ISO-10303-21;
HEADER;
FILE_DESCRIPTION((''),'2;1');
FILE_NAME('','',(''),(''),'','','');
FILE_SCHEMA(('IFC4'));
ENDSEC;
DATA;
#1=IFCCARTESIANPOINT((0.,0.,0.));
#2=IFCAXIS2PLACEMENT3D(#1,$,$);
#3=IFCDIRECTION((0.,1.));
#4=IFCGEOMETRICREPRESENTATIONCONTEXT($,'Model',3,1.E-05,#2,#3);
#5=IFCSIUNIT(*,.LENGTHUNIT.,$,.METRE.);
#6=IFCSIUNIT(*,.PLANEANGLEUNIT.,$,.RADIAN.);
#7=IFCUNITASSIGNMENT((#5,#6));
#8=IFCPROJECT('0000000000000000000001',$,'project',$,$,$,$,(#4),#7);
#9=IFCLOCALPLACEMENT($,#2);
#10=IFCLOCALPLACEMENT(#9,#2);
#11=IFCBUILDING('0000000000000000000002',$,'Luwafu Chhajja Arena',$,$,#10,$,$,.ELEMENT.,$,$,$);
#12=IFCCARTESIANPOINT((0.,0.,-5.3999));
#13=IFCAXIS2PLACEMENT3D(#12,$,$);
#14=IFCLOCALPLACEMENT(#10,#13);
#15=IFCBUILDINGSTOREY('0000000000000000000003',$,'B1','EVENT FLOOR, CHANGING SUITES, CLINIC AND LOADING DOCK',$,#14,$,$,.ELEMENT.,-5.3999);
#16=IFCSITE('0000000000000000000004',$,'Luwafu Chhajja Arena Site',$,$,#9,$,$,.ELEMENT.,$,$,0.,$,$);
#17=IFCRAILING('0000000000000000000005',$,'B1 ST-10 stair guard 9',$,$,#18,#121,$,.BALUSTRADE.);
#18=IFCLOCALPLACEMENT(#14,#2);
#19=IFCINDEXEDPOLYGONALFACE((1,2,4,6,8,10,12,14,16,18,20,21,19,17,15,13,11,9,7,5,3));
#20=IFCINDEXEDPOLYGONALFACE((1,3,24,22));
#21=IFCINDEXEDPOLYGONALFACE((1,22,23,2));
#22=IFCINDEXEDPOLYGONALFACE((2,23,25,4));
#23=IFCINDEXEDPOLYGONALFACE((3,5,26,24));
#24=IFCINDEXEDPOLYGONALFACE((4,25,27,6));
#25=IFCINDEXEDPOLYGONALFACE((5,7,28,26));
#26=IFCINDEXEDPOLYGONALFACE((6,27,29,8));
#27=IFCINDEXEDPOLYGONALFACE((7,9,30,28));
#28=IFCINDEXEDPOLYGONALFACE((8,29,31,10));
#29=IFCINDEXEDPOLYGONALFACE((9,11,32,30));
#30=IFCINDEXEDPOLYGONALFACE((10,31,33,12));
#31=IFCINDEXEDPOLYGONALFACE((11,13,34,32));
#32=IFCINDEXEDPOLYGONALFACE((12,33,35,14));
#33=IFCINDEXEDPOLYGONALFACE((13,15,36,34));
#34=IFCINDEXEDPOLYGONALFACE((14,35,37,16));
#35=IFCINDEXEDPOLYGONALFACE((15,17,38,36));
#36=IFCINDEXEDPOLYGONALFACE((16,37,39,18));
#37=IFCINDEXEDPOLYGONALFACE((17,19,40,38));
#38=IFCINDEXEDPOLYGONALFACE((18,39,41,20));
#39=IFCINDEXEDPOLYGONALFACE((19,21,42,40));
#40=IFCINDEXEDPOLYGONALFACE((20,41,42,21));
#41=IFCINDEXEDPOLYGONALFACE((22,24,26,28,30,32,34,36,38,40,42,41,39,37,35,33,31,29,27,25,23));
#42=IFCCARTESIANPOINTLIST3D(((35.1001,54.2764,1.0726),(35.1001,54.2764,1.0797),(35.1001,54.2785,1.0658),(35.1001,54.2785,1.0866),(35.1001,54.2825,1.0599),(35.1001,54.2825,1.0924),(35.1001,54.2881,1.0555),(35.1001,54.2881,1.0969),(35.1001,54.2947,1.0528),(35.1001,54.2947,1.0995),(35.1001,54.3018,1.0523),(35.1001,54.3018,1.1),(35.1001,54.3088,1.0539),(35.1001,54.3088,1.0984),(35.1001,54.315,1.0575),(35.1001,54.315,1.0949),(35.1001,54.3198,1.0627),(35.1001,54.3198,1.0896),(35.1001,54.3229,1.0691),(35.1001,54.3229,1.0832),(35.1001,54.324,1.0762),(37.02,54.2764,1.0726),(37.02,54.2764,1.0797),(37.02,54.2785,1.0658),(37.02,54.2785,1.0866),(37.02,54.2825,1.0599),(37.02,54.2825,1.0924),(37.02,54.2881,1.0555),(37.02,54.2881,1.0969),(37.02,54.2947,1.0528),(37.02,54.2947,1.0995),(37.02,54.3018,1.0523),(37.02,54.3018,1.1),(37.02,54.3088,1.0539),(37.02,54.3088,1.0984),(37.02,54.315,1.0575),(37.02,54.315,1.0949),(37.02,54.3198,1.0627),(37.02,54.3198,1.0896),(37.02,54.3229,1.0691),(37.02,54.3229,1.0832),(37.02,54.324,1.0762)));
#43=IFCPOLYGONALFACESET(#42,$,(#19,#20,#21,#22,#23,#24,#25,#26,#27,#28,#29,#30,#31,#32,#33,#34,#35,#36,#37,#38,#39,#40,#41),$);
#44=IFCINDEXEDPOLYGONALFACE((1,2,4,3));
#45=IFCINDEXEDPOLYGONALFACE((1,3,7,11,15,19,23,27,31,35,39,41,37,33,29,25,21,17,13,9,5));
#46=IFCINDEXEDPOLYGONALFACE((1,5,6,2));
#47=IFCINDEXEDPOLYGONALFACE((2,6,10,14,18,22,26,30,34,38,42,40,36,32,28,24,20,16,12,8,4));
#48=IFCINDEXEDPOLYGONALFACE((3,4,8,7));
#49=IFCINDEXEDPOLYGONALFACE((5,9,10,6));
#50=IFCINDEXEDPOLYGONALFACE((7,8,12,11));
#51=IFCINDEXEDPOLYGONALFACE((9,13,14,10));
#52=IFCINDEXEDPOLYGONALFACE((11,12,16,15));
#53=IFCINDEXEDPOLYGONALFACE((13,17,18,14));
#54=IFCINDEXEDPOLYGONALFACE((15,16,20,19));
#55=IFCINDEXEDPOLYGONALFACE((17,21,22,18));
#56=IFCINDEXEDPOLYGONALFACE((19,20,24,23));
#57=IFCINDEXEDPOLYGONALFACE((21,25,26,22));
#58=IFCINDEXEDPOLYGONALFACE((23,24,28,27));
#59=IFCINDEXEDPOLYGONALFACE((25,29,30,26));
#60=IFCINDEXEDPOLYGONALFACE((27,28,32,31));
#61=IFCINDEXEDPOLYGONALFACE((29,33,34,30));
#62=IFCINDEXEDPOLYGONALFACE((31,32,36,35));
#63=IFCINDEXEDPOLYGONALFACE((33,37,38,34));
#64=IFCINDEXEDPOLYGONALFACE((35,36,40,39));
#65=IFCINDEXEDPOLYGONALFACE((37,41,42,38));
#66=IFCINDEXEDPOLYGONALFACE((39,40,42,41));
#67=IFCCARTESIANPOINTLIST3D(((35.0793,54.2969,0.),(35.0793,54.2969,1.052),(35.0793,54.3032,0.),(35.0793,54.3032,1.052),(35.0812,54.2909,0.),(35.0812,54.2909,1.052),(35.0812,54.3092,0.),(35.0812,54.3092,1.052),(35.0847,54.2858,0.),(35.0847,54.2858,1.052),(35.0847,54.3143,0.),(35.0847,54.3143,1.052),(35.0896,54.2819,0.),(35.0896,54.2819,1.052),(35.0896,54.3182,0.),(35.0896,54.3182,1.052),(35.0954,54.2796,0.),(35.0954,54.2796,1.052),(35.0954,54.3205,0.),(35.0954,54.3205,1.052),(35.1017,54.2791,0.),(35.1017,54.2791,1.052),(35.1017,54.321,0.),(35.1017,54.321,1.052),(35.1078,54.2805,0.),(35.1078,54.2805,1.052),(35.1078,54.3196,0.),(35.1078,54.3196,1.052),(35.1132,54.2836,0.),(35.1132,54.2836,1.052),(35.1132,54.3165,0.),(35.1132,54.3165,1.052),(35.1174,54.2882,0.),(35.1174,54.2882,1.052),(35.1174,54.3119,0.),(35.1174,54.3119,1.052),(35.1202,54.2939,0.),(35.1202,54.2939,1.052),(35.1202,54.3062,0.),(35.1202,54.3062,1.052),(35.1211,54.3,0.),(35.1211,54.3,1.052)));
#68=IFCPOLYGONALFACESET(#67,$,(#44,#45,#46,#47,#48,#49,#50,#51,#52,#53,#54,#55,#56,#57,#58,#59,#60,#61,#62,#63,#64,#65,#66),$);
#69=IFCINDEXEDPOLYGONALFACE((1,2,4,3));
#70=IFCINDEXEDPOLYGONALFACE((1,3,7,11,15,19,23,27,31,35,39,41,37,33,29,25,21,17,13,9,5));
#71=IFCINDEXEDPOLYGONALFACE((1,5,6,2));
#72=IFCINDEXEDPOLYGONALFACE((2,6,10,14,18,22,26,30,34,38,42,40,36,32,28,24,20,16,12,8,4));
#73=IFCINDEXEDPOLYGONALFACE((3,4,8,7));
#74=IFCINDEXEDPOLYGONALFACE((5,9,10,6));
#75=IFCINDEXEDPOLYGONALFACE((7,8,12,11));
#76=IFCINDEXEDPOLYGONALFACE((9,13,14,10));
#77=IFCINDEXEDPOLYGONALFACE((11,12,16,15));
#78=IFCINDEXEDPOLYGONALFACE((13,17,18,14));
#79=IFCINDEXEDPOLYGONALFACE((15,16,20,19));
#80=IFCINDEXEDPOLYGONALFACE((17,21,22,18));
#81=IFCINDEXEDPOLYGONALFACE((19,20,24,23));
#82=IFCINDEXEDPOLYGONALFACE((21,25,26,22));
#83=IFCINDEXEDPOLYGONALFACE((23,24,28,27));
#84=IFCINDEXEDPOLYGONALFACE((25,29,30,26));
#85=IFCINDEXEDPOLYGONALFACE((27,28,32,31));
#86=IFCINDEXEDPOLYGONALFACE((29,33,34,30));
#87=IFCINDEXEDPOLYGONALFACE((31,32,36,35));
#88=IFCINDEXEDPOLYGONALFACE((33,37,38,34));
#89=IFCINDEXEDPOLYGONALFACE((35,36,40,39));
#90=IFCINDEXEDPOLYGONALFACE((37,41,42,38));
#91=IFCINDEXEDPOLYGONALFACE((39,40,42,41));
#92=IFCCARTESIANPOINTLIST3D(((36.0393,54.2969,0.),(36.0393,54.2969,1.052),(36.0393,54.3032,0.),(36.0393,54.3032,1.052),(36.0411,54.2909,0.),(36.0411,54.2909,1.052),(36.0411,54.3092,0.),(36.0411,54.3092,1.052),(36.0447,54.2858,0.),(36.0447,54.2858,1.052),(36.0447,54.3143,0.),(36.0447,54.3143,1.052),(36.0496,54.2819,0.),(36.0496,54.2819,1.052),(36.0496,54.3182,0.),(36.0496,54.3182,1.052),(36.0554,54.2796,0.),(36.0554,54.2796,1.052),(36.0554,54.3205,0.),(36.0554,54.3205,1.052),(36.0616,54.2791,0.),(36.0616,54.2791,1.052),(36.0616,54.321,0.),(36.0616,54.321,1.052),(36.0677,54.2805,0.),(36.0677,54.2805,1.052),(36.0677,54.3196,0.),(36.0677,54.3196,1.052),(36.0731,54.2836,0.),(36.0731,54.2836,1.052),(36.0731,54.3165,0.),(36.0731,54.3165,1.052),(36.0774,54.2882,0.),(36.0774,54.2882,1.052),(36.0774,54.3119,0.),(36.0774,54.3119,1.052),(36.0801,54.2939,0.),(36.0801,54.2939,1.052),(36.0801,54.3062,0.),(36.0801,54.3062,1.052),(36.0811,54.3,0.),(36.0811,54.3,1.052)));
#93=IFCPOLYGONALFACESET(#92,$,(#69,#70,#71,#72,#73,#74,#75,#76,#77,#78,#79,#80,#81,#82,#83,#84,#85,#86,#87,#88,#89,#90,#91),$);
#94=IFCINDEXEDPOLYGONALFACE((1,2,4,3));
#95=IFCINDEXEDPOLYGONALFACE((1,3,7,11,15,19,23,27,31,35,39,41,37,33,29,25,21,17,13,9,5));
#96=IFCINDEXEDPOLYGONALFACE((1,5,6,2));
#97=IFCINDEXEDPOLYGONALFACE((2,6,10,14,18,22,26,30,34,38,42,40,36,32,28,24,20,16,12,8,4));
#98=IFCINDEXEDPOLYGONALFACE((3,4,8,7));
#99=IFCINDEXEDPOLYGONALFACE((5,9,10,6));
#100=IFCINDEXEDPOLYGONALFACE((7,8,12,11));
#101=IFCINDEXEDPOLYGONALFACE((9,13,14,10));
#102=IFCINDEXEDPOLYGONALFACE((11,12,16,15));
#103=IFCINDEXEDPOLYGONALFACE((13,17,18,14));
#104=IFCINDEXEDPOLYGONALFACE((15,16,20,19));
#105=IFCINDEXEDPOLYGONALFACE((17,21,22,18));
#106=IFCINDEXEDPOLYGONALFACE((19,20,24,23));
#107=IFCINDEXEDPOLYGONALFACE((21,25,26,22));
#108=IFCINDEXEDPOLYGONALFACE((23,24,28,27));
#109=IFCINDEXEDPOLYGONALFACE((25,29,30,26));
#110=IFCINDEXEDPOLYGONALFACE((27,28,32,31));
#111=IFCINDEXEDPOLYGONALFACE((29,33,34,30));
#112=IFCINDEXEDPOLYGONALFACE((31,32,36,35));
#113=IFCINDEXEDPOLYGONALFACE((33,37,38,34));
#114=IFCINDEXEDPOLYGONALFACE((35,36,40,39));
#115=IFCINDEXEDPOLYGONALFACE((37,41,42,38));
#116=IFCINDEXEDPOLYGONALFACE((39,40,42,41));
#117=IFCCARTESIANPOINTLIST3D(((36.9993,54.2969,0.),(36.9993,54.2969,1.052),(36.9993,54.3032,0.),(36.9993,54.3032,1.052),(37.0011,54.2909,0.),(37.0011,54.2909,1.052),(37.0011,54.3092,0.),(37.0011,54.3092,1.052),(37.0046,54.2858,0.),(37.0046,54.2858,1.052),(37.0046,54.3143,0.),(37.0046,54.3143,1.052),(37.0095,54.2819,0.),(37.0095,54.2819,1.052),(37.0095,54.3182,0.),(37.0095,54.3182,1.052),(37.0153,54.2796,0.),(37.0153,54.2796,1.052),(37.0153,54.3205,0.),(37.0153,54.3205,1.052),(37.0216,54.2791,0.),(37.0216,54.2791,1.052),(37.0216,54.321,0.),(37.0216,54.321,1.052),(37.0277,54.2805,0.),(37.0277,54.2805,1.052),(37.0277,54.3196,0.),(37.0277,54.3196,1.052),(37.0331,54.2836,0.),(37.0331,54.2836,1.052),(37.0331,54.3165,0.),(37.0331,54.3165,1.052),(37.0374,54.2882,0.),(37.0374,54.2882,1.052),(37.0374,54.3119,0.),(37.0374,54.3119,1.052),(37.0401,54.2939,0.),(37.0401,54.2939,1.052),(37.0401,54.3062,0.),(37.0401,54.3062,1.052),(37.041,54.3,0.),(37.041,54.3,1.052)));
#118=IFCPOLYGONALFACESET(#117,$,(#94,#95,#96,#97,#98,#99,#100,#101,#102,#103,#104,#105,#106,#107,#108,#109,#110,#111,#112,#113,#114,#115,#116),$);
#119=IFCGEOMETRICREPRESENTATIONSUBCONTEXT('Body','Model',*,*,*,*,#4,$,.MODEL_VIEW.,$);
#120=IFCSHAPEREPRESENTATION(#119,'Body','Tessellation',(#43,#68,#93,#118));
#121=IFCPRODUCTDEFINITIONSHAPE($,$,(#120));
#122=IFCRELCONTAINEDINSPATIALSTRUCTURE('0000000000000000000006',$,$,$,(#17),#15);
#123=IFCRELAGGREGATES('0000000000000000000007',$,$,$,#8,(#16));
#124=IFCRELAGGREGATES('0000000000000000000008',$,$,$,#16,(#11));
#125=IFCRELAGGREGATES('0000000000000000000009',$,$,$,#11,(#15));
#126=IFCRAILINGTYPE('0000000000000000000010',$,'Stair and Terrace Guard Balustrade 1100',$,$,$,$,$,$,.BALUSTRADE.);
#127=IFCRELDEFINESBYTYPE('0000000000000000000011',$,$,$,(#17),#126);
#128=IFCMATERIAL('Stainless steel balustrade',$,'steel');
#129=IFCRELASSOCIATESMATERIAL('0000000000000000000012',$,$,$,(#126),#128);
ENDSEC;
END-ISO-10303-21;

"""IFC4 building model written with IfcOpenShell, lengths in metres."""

from ifc_helpers import new_model, si_unit, direction, frame, origin, origin_2d, place, context, subcontext, project, spatial, circle, extrude, material, type_object, element, save


model = new_model("IFC4")

# Units and contexts
model_context = context("Model", 3, precision=1e-05, world=origin(), true_north=direction((0.0, 1.0)))
body_context = subcontext(model_context, "Body", "Model", "MODEL_VIEW")
ifc_project = project(units=[si_unit("LENGTHUNIT", "METRE"), si_unit("PLANEANGLEUNIT", "RADIAN")], contexts=[model_context])

# Site, building, storey
site_placement = place(None, origin())
site = spatial("IfcSite", under=ifc_project, at=site_placement, Name="Luwafu Chhajja Arena Site", CompositionType="ELEMENT", RefElevation=0.0)
building_placement = place(site_placement, origin())
building = spatial("IfcBuilding", under=site, at=building_placement, Name="Luwafu Chhajja Arena", CompositionType="ELEMENT")
storey_placement = place(building_placement, frame((0.0, 0.0, -5.3999)))
storey = spatial("IfcBuildingStorey", under=building, at=storey_placement, Name="B1", Description="EVENT FLOOR, CHANGING SUITES, CLINIC AND LOADING DOCK", CompositionType="ELEMENT", Elevation=-5.3999)

# Railing
ifc_material_1 = material(Name="Stainless steel balustrade", Category="steel")
railing_type_1 = type_object("IfcRailingType", Name="Stair and Terrace Guard Balustrade 1100", PredefinedType="BALUSTRADE", material=ifc_material_1)
for number, where, name in (
    (1, (35.1001, 54.3, 0.0), "B1 ST-10 stair guard 9"),
):
    element("IfcRailing", number, at=place(storey_placement, frame(where)), inside=storey, type_object=railing_type_1, Name=name, PredefinedType="BALUSTRADE", context=body_context, shape_type="SweptSolid", body=[
        extrude(circle(Radius=0.0239, at=origin_2d()), frame((0.0, 0.0, 1.0762), z_axis=(1.0, 0.0, 0.0), x_axis=(0.0, 1.0, 0.0)), (0.0, 0.0, 1.0), 1.9199),
        extrude(circle(Radius=0.021, at=origin_2d()), origin(), (0.0, 0.0, 1.0), 1.052),
        extrude(circle(Radius=0.021, at=origin_2d()), frame((0.96, 0.0, 0.0)), (0.0, 0.0, 1.0), 1.052),
        extrude(circle(Radius=0.021, at=origin_2d()), frame((1.9199, 0.0, 0.0)), (0.0, 0.0, 1.0), 1.052),
    ])

save(model, "model.ifc")
